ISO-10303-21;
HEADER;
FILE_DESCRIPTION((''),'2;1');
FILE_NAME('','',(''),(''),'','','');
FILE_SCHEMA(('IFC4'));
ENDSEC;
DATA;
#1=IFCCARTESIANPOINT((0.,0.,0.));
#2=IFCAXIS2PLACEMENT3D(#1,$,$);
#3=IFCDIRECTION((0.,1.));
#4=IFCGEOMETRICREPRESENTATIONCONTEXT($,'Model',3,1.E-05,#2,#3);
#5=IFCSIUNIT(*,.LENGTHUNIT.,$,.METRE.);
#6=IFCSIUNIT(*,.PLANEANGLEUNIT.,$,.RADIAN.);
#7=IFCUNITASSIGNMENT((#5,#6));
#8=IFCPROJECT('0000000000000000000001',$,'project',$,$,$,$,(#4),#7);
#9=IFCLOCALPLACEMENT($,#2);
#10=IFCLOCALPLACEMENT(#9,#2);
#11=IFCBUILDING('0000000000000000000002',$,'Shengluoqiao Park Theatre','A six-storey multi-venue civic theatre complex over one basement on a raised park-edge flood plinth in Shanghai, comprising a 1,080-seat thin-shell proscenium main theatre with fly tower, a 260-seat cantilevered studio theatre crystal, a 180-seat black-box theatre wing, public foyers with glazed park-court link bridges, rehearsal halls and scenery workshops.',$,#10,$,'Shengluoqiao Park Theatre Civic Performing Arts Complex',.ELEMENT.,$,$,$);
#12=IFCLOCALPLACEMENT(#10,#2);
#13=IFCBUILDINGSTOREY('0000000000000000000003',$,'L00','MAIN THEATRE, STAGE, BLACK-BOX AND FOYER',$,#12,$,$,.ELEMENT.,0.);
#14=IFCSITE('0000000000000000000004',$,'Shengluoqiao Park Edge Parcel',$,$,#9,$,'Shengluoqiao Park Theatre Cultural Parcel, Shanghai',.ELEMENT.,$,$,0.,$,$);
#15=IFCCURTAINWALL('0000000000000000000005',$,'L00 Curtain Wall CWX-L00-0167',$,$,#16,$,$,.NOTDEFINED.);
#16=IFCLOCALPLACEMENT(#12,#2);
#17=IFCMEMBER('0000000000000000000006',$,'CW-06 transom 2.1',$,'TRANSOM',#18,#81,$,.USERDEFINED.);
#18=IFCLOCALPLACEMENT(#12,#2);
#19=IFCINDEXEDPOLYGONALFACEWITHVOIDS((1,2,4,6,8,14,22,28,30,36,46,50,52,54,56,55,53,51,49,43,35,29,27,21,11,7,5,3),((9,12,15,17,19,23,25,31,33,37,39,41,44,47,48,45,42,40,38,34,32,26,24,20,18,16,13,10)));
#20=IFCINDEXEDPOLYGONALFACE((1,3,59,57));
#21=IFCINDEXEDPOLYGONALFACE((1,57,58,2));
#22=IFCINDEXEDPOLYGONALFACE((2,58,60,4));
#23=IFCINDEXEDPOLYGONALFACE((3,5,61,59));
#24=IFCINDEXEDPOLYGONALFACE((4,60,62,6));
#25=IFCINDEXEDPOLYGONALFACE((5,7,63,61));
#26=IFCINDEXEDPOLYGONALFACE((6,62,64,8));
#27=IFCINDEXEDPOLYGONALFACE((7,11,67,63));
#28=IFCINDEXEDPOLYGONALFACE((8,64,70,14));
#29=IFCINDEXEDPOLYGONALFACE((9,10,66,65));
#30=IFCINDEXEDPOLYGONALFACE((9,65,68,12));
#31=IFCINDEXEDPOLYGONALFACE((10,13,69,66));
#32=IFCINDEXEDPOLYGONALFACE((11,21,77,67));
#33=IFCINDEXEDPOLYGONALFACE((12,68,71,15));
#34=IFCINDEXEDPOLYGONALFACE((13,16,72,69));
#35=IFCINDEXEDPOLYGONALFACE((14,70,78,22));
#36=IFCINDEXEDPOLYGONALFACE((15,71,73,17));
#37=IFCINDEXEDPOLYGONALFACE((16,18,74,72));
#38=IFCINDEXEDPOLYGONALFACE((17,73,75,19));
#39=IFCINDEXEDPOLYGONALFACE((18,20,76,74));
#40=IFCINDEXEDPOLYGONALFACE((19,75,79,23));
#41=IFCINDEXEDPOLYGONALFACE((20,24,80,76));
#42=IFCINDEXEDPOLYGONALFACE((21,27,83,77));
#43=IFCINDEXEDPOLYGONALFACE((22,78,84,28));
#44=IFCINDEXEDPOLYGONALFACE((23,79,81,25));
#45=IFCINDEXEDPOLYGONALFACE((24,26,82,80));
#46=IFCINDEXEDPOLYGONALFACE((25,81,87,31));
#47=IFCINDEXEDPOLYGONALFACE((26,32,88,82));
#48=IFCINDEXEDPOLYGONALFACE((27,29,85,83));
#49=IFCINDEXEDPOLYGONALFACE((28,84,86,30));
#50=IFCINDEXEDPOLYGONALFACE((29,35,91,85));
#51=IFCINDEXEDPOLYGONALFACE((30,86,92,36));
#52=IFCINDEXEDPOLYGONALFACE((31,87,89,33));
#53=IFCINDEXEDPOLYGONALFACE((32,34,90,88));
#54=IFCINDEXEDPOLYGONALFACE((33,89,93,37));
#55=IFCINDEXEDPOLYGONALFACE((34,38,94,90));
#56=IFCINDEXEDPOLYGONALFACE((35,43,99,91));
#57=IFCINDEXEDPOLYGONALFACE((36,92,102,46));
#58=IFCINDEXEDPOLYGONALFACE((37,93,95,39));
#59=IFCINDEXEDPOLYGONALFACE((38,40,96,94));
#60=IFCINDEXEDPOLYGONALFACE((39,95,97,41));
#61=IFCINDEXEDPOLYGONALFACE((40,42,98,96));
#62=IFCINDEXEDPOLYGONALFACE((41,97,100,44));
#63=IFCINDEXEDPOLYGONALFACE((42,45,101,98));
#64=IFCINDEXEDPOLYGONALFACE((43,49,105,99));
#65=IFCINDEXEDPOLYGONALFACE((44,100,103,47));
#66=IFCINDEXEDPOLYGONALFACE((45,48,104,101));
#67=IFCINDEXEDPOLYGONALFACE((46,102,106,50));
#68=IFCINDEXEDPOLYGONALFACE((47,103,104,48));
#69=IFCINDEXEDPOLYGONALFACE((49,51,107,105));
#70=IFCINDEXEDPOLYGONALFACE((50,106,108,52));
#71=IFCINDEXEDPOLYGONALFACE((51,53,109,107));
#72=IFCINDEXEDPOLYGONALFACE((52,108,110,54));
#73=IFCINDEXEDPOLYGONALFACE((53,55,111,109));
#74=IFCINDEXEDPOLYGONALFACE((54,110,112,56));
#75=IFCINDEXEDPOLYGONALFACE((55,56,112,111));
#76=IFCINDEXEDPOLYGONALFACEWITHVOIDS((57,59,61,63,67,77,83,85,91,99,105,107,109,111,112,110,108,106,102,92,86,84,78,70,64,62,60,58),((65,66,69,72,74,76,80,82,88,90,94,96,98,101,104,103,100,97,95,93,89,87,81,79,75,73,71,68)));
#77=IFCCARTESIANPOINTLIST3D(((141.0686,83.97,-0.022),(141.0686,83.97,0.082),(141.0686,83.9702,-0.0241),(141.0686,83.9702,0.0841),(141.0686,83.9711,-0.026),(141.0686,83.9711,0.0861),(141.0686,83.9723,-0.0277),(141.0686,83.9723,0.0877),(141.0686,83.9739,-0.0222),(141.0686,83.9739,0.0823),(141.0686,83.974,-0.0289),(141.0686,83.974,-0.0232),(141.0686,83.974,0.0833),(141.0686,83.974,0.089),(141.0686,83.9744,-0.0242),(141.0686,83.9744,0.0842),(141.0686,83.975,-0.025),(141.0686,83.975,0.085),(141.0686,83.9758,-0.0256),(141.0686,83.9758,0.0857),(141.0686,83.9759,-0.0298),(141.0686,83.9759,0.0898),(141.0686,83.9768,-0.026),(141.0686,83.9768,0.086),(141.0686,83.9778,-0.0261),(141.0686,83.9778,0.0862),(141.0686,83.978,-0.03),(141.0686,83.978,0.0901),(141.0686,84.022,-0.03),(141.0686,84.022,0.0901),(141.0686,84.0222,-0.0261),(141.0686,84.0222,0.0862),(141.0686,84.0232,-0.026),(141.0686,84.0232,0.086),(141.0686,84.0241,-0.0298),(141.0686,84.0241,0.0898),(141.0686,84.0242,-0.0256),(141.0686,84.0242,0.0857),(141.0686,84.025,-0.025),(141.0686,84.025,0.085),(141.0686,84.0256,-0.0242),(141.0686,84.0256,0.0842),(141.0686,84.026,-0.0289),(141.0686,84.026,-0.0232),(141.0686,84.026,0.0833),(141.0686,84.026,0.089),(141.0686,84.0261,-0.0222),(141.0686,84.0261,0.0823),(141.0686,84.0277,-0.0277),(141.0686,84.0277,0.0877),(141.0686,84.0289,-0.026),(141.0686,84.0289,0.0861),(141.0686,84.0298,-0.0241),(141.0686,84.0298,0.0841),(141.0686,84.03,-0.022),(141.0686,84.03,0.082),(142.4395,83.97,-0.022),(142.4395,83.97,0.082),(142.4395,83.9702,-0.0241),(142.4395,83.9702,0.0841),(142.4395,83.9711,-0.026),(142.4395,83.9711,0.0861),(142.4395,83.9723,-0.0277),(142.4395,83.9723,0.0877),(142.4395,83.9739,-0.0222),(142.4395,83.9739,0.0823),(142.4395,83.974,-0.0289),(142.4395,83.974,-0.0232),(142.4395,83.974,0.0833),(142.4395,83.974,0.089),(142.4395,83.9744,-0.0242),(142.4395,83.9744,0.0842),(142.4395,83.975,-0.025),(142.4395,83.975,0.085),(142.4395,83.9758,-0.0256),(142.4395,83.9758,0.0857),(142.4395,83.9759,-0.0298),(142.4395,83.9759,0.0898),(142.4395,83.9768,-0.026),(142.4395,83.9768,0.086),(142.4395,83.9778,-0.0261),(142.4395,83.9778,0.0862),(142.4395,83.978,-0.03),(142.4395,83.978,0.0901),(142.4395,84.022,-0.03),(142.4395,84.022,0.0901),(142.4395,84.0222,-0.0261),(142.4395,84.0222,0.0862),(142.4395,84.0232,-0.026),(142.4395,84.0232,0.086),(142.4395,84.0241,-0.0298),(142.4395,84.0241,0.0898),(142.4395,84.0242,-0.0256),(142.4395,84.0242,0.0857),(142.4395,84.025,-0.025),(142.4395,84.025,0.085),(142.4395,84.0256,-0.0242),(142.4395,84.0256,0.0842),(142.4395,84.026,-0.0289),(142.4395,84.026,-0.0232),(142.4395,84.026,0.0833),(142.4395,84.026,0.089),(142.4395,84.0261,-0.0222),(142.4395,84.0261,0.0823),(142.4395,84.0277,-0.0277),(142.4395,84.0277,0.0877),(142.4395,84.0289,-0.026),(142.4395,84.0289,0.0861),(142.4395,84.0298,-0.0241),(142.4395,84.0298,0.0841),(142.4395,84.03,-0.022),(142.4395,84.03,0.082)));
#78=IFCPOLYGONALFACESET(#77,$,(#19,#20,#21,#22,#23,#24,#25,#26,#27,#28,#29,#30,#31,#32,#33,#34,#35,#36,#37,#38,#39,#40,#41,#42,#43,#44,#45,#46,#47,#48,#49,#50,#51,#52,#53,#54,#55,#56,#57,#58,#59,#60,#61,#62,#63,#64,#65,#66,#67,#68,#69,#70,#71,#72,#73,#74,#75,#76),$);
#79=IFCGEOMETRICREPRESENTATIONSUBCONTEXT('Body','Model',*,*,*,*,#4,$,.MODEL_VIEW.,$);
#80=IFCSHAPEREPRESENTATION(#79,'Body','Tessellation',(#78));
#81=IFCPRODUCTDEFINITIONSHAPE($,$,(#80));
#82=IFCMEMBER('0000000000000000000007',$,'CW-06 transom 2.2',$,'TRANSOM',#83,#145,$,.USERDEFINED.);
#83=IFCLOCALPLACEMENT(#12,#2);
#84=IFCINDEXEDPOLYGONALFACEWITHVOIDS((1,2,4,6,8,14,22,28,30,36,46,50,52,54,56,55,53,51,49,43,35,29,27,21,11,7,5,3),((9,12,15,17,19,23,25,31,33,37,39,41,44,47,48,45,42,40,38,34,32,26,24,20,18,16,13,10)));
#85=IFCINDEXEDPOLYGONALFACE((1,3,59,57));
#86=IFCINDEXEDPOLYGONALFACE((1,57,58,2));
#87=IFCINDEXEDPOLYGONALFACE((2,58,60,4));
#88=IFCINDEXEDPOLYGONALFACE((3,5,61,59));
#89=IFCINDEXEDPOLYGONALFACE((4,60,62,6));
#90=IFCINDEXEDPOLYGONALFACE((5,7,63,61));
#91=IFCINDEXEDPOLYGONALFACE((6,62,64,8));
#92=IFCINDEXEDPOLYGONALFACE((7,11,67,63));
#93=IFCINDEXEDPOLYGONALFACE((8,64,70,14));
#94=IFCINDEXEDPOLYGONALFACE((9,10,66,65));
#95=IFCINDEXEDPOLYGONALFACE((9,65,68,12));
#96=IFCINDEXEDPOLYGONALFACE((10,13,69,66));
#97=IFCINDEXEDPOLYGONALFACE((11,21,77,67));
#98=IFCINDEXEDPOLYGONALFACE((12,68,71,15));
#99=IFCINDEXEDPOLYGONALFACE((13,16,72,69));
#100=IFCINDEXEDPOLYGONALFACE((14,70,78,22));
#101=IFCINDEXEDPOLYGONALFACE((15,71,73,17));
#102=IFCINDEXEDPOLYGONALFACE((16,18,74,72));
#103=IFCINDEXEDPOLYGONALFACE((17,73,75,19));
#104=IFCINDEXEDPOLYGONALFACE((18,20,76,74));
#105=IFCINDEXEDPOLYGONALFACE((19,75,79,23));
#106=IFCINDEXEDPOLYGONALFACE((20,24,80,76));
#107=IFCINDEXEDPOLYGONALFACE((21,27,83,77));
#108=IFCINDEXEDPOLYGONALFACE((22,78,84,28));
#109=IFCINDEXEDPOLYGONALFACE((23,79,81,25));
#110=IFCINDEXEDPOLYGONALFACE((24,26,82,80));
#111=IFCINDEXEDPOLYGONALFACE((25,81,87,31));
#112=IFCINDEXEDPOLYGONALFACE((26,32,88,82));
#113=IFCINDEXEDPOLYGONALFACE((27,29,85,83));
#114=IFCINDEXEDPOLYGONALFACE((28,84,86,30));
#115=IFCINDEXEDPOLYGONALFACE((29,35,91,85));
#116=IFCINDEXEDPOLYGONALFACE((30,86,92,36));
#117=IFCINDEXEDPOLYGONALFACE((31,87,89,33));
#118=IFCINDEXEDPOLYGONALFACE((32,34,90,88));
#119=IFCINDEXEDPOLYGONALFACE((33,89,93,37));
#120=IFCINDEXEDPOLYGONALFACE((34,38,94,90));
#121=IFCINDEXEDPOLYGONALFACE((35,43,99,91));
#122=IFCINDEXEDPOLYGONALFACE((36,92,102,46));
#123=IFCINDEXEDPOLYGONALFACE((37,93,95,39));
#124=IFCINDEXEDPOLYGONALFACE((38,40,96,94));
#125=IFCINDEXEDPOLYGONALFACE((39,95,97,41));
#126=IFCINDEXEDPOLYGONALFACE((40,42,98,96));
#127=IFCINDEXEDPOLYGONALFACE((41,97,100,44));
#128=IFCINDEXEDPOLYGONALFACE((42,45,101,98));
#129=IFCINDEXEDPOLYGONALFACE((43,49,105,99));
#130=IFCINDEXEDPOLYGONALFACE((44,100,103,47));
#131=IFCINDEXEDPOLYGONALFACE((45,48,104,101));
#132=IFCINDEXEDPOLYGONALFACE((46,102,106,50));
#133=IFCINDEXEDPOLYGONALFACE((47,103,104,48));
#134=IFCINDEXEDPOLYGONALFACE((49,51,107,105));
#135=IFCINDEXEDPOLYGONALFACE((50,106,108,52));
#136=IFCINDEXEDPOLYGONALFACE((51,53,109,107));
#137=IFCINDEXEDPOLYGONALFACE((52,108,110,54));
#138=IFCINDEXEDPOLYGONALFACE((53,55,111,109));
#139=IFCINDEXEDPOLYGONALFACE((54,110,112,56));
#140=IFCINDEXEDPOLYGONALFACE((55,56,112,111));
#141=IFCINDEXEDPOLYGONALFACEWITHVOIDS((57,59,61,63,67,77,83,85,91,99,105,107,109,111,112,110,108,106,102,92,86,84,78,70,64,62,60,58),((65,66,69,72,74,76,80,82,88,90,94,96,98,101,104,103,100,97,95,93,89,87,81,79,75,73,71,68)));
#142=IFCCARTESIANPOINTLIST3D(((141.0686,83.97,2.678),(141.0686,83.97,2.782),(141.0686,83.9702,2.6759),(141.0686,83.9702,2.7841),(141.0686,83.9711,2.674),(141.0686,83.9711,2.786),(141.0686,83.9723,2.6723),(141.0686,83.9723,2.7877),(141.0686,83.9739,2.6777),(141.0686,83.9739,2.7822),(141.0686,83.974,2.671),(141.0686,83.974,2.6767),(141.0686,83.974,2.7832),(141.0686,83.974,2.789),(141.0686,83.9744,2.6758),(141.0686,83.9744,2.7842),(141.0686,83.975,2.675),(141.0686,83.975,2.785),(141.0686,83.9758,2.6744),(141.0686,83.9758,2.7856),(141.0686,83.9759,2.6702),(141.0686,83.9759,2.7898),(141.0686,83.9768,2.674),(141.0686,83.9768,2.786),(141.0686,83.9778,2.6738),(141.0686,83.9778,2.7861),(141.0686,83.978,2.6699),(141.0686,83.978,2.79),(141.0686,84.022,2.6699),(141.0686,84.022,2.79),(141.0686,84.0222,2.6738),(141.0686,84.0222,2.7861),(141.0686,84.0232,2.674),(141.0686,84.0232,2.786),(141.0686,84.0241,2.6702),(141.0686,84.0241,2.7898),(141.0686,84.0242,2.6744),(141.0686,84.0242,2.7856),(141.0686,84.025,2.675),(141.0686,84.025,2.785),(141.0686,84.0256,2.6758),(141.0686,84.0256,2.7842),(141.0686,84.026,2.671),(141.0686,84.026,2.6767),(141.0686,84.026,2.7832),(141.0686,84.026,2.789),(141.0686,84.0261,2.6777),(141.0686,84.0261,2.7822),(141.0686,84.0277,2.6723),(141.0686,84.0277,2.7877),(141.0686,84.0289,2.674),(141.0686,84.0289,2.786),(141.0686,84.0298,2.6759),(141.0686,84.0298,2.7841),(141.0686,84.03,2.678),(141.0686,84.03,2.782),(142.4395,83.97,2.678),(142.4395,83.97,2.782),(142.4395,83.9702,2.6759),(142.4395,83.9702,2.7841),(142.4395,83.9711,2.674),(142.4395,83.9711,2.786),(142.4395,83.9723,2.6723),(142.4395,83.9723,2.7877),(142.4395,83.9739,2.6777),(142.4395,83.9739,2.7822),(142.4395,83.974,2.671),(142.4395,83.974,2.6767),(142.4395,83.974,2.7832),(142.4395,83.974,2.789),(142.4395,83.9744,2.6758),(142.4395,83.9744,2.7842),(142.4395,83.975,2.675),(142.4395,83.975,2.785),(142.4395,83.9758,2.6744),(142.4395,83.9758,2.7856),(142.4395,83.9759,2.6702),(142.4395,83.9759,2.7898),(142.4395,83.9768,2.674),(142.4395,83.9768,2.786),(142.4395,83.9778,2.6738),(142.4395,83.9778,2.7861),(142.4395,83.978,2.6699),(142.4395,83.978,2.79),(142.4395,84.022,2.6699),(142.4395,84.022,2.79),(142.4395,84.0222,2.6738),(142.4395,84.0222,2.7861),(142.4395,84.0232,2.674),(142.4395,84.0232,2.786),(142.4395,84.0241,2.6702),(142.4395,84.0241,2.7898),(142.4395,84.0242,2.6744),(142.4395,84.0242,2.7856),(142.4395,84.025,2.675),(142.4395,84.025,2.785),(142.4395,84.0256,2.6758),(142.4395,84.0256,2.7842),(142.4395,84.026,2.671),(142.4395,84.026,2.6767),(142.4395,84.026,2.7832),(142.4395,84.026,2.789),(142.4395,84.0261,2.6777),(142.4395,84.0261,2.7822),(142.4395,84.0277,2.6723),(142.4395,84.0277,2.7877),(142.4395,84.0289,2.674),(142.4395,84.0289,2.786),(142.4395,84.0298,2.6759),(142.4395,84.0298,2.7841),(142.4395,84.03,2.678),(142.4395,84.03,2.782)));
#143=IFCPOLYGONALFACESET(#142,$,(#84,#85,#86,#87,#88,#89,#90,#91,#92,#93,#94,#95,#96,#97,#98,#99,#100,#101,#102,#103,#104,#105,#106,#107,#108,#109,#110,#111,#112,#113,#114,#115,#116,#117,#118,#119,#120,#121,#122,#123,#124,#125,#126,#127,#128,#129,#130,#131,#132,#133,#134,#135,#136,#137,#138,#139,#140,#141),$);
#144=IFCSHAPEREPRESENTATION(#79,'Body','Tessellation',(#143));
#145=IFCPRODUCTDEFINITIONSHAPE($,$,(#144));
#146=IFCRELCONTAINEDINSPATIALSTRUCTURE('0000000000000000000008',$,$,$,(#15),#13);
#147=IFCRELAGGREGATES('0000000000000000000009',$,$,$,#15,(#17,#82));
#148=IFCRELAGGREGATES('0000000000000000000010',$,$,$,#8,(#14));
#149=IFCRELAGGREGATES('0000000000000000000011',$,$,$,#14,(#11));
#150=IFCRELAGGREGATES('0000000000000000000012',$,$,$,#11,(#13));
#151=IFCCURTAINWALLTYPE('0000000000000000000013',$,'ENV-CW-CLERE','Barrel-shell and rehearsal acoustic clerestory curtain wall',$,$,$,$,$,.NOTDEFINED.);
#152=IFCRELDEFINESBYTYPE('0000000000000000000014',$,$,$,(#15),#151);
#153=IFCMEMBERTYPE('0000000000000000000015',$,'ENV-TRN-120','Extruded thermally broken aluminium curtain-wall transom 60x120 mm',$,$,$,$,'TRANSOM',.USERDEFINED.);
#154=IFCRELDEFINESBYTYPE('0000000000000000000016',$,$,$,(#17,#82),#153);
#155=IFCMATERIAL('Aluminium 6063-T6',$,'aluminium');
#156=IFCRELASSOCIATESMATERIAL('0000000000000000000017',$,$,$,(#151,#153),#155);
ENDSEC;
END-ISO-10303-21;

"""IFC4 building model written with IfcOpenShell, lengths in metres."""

from ifc_helpers import new_model, si_unit, direction, frame, origin, origin_2d, place, context, subcontext, project, spatial, hollow_rectangle, extrude, material, material_profile, profile_set, type_object, element, aggregate, save


model = new_model("IFC4")

# Units and contexts
model_context = context("Model", 3, precision=1e-05, world=origin(), true_north=direction((0.0, 1.0)))
body_context = subcontext(model_context, "Body", "Model", "MODEL_VIEW")
ifc_project = project(units=[si_unit("LENGTHUNIT", "METRE"), si_unit("PLANEANGLEUNIT", "RADIAN")], contexts=[model_context])

# Site, building, storey
site_placement = place(None, origin())
site = spatial("IfcSite", under=ifc_project, at=site_placement, Name="Shengluoqiao Park Edge Parcel", LongName="Shengluoqiao Park Theatre Cultural Parcel, Shanghai", CompositionType="ELEMENT", RefElevation=0.0)
building_placement = place(site_placement, origin())
building = spatial("IfcBuilding", under=site, at=building_placement, Name="Shengluoqiao Park Theatre", Description="A six-storey multi-venue civic theatre complex over one basement on a raised park-edge flood plinth in Shanghai, comprising a 1,080-seat thin-shell proscenium main theatre with fly tower, a 260-seat cantilevered studio theatre crystal, a 180-seat black-box theatre wing, public foyers with glazed park-court link bridges, rehearsal halls and scenery workshops.", LongName="Shengluoqiao Park Theatre Civic Performing Arts Complex", CompositionType="ELEMENT")
storey_placement = place(building_placement, origin())
storey = spatial("IfcBuildingStorey", under=building, at=storey_placement, Name="L00", Description="MAIN THEATRE, STAGE, BLACK-BOX AND FOYER", CompositionType="ELEMENT", Elevation=0.0)

# Curtain wall, members
ifc_material_1 = material(Name="Aluminium 6063-T6", Category="aluminium")
curtain_wall_type = type_object("IfcCurtainWallType", Name="ENV-CW-CLERE", Description="Barrel-shell and rehearsal acoustic clerestory curtain wall", PredefinedType="NOTDEFINED", material=ifc_material_1)
curtain_wall_placement = place(storey_placement, origin())
curtain_wall = element("IfcCurtainWall", 1, at=curtain_wall_placement, inside=storey, type_object=curtain_wall_type, Name="L00 Curtain Wall CWX-L00-0167", PredefinedType="NOTDEFINED")
ifc_material_profile_1 = material_profile(ifc_material_1, hollow_rectangle(XDim=0.0601, YDim=0.1201, WallThickness=0.0039, InnerFilletRadius=0.0039, OuterFilletRadius=0.0081, at=origin_2d()), Name="ALU TRANSOM 120x60x4")
ifc_profile_set_1 = profile_set([ifc_material_profile_1], Name="Aluminium 6063-T6")
member_type_1 = type_object("IfcMemberType", Name="ENV-TRN-120", Description="Extruded thermally broken aluminium curtain-wall transom 60x120 mm", ElementType="TRANSOM", PredefinedType="USERDEFINED", material=ifc_profile_set_1)
member_1_placement = place(storey_placement, frame((141.0686, 84.0, 0.03), z_axis=(1.0, 0.0, 0.0), x_axis=(0.0, 1.0, 0.0)))
member_1 = element("IfcMember", 2, at=member_1_placement, type_object=member_type_1, Name="CW-06 transom 2.1", ObjectType="TRANSOM", PredefinedType="USERDEFINED", context=body_context, shape_type="SweptSolid", body=[
    extrude(hollow_rectangle(XDim=0.0601, YDim=0.1201, WallThickness=0.0039, InnerFilletRadius=0.0039, OuterFilletRadius=0.0081, at=origin_2d()), origin(), (0.0, 0.0, 1.0), 1.3708),
])
member_2_placement = place(storey_placement, frame((141.0686, 84.0, 2.73), z_axis=(1.0, 0.0, 0.0), x_axis=(0.0, 1.0, 0.0)))
member_2 = element("IfcMember", 3, at=member_2_placement, type_object=member_type_1, Name="CW-06 transom 2.2", ObjectType="TRANSOM", PredefinedType="USERDEFINED", context=body_context, shape_type="SweptSolid", body=[
    extrude(hollow_rectangle(XDim=0.0601, YDim=0.1201, WallThickness=0.0039, InnerFilletRadius=0.0039, OuterFilletRadius=0.0081, at=origin_2d()), origin(), (0.0, 0.0, 1.0), 1.3708),
])
aggregate(curtain_wall, [member_1, member_2])

save(model, "model.ifc")
